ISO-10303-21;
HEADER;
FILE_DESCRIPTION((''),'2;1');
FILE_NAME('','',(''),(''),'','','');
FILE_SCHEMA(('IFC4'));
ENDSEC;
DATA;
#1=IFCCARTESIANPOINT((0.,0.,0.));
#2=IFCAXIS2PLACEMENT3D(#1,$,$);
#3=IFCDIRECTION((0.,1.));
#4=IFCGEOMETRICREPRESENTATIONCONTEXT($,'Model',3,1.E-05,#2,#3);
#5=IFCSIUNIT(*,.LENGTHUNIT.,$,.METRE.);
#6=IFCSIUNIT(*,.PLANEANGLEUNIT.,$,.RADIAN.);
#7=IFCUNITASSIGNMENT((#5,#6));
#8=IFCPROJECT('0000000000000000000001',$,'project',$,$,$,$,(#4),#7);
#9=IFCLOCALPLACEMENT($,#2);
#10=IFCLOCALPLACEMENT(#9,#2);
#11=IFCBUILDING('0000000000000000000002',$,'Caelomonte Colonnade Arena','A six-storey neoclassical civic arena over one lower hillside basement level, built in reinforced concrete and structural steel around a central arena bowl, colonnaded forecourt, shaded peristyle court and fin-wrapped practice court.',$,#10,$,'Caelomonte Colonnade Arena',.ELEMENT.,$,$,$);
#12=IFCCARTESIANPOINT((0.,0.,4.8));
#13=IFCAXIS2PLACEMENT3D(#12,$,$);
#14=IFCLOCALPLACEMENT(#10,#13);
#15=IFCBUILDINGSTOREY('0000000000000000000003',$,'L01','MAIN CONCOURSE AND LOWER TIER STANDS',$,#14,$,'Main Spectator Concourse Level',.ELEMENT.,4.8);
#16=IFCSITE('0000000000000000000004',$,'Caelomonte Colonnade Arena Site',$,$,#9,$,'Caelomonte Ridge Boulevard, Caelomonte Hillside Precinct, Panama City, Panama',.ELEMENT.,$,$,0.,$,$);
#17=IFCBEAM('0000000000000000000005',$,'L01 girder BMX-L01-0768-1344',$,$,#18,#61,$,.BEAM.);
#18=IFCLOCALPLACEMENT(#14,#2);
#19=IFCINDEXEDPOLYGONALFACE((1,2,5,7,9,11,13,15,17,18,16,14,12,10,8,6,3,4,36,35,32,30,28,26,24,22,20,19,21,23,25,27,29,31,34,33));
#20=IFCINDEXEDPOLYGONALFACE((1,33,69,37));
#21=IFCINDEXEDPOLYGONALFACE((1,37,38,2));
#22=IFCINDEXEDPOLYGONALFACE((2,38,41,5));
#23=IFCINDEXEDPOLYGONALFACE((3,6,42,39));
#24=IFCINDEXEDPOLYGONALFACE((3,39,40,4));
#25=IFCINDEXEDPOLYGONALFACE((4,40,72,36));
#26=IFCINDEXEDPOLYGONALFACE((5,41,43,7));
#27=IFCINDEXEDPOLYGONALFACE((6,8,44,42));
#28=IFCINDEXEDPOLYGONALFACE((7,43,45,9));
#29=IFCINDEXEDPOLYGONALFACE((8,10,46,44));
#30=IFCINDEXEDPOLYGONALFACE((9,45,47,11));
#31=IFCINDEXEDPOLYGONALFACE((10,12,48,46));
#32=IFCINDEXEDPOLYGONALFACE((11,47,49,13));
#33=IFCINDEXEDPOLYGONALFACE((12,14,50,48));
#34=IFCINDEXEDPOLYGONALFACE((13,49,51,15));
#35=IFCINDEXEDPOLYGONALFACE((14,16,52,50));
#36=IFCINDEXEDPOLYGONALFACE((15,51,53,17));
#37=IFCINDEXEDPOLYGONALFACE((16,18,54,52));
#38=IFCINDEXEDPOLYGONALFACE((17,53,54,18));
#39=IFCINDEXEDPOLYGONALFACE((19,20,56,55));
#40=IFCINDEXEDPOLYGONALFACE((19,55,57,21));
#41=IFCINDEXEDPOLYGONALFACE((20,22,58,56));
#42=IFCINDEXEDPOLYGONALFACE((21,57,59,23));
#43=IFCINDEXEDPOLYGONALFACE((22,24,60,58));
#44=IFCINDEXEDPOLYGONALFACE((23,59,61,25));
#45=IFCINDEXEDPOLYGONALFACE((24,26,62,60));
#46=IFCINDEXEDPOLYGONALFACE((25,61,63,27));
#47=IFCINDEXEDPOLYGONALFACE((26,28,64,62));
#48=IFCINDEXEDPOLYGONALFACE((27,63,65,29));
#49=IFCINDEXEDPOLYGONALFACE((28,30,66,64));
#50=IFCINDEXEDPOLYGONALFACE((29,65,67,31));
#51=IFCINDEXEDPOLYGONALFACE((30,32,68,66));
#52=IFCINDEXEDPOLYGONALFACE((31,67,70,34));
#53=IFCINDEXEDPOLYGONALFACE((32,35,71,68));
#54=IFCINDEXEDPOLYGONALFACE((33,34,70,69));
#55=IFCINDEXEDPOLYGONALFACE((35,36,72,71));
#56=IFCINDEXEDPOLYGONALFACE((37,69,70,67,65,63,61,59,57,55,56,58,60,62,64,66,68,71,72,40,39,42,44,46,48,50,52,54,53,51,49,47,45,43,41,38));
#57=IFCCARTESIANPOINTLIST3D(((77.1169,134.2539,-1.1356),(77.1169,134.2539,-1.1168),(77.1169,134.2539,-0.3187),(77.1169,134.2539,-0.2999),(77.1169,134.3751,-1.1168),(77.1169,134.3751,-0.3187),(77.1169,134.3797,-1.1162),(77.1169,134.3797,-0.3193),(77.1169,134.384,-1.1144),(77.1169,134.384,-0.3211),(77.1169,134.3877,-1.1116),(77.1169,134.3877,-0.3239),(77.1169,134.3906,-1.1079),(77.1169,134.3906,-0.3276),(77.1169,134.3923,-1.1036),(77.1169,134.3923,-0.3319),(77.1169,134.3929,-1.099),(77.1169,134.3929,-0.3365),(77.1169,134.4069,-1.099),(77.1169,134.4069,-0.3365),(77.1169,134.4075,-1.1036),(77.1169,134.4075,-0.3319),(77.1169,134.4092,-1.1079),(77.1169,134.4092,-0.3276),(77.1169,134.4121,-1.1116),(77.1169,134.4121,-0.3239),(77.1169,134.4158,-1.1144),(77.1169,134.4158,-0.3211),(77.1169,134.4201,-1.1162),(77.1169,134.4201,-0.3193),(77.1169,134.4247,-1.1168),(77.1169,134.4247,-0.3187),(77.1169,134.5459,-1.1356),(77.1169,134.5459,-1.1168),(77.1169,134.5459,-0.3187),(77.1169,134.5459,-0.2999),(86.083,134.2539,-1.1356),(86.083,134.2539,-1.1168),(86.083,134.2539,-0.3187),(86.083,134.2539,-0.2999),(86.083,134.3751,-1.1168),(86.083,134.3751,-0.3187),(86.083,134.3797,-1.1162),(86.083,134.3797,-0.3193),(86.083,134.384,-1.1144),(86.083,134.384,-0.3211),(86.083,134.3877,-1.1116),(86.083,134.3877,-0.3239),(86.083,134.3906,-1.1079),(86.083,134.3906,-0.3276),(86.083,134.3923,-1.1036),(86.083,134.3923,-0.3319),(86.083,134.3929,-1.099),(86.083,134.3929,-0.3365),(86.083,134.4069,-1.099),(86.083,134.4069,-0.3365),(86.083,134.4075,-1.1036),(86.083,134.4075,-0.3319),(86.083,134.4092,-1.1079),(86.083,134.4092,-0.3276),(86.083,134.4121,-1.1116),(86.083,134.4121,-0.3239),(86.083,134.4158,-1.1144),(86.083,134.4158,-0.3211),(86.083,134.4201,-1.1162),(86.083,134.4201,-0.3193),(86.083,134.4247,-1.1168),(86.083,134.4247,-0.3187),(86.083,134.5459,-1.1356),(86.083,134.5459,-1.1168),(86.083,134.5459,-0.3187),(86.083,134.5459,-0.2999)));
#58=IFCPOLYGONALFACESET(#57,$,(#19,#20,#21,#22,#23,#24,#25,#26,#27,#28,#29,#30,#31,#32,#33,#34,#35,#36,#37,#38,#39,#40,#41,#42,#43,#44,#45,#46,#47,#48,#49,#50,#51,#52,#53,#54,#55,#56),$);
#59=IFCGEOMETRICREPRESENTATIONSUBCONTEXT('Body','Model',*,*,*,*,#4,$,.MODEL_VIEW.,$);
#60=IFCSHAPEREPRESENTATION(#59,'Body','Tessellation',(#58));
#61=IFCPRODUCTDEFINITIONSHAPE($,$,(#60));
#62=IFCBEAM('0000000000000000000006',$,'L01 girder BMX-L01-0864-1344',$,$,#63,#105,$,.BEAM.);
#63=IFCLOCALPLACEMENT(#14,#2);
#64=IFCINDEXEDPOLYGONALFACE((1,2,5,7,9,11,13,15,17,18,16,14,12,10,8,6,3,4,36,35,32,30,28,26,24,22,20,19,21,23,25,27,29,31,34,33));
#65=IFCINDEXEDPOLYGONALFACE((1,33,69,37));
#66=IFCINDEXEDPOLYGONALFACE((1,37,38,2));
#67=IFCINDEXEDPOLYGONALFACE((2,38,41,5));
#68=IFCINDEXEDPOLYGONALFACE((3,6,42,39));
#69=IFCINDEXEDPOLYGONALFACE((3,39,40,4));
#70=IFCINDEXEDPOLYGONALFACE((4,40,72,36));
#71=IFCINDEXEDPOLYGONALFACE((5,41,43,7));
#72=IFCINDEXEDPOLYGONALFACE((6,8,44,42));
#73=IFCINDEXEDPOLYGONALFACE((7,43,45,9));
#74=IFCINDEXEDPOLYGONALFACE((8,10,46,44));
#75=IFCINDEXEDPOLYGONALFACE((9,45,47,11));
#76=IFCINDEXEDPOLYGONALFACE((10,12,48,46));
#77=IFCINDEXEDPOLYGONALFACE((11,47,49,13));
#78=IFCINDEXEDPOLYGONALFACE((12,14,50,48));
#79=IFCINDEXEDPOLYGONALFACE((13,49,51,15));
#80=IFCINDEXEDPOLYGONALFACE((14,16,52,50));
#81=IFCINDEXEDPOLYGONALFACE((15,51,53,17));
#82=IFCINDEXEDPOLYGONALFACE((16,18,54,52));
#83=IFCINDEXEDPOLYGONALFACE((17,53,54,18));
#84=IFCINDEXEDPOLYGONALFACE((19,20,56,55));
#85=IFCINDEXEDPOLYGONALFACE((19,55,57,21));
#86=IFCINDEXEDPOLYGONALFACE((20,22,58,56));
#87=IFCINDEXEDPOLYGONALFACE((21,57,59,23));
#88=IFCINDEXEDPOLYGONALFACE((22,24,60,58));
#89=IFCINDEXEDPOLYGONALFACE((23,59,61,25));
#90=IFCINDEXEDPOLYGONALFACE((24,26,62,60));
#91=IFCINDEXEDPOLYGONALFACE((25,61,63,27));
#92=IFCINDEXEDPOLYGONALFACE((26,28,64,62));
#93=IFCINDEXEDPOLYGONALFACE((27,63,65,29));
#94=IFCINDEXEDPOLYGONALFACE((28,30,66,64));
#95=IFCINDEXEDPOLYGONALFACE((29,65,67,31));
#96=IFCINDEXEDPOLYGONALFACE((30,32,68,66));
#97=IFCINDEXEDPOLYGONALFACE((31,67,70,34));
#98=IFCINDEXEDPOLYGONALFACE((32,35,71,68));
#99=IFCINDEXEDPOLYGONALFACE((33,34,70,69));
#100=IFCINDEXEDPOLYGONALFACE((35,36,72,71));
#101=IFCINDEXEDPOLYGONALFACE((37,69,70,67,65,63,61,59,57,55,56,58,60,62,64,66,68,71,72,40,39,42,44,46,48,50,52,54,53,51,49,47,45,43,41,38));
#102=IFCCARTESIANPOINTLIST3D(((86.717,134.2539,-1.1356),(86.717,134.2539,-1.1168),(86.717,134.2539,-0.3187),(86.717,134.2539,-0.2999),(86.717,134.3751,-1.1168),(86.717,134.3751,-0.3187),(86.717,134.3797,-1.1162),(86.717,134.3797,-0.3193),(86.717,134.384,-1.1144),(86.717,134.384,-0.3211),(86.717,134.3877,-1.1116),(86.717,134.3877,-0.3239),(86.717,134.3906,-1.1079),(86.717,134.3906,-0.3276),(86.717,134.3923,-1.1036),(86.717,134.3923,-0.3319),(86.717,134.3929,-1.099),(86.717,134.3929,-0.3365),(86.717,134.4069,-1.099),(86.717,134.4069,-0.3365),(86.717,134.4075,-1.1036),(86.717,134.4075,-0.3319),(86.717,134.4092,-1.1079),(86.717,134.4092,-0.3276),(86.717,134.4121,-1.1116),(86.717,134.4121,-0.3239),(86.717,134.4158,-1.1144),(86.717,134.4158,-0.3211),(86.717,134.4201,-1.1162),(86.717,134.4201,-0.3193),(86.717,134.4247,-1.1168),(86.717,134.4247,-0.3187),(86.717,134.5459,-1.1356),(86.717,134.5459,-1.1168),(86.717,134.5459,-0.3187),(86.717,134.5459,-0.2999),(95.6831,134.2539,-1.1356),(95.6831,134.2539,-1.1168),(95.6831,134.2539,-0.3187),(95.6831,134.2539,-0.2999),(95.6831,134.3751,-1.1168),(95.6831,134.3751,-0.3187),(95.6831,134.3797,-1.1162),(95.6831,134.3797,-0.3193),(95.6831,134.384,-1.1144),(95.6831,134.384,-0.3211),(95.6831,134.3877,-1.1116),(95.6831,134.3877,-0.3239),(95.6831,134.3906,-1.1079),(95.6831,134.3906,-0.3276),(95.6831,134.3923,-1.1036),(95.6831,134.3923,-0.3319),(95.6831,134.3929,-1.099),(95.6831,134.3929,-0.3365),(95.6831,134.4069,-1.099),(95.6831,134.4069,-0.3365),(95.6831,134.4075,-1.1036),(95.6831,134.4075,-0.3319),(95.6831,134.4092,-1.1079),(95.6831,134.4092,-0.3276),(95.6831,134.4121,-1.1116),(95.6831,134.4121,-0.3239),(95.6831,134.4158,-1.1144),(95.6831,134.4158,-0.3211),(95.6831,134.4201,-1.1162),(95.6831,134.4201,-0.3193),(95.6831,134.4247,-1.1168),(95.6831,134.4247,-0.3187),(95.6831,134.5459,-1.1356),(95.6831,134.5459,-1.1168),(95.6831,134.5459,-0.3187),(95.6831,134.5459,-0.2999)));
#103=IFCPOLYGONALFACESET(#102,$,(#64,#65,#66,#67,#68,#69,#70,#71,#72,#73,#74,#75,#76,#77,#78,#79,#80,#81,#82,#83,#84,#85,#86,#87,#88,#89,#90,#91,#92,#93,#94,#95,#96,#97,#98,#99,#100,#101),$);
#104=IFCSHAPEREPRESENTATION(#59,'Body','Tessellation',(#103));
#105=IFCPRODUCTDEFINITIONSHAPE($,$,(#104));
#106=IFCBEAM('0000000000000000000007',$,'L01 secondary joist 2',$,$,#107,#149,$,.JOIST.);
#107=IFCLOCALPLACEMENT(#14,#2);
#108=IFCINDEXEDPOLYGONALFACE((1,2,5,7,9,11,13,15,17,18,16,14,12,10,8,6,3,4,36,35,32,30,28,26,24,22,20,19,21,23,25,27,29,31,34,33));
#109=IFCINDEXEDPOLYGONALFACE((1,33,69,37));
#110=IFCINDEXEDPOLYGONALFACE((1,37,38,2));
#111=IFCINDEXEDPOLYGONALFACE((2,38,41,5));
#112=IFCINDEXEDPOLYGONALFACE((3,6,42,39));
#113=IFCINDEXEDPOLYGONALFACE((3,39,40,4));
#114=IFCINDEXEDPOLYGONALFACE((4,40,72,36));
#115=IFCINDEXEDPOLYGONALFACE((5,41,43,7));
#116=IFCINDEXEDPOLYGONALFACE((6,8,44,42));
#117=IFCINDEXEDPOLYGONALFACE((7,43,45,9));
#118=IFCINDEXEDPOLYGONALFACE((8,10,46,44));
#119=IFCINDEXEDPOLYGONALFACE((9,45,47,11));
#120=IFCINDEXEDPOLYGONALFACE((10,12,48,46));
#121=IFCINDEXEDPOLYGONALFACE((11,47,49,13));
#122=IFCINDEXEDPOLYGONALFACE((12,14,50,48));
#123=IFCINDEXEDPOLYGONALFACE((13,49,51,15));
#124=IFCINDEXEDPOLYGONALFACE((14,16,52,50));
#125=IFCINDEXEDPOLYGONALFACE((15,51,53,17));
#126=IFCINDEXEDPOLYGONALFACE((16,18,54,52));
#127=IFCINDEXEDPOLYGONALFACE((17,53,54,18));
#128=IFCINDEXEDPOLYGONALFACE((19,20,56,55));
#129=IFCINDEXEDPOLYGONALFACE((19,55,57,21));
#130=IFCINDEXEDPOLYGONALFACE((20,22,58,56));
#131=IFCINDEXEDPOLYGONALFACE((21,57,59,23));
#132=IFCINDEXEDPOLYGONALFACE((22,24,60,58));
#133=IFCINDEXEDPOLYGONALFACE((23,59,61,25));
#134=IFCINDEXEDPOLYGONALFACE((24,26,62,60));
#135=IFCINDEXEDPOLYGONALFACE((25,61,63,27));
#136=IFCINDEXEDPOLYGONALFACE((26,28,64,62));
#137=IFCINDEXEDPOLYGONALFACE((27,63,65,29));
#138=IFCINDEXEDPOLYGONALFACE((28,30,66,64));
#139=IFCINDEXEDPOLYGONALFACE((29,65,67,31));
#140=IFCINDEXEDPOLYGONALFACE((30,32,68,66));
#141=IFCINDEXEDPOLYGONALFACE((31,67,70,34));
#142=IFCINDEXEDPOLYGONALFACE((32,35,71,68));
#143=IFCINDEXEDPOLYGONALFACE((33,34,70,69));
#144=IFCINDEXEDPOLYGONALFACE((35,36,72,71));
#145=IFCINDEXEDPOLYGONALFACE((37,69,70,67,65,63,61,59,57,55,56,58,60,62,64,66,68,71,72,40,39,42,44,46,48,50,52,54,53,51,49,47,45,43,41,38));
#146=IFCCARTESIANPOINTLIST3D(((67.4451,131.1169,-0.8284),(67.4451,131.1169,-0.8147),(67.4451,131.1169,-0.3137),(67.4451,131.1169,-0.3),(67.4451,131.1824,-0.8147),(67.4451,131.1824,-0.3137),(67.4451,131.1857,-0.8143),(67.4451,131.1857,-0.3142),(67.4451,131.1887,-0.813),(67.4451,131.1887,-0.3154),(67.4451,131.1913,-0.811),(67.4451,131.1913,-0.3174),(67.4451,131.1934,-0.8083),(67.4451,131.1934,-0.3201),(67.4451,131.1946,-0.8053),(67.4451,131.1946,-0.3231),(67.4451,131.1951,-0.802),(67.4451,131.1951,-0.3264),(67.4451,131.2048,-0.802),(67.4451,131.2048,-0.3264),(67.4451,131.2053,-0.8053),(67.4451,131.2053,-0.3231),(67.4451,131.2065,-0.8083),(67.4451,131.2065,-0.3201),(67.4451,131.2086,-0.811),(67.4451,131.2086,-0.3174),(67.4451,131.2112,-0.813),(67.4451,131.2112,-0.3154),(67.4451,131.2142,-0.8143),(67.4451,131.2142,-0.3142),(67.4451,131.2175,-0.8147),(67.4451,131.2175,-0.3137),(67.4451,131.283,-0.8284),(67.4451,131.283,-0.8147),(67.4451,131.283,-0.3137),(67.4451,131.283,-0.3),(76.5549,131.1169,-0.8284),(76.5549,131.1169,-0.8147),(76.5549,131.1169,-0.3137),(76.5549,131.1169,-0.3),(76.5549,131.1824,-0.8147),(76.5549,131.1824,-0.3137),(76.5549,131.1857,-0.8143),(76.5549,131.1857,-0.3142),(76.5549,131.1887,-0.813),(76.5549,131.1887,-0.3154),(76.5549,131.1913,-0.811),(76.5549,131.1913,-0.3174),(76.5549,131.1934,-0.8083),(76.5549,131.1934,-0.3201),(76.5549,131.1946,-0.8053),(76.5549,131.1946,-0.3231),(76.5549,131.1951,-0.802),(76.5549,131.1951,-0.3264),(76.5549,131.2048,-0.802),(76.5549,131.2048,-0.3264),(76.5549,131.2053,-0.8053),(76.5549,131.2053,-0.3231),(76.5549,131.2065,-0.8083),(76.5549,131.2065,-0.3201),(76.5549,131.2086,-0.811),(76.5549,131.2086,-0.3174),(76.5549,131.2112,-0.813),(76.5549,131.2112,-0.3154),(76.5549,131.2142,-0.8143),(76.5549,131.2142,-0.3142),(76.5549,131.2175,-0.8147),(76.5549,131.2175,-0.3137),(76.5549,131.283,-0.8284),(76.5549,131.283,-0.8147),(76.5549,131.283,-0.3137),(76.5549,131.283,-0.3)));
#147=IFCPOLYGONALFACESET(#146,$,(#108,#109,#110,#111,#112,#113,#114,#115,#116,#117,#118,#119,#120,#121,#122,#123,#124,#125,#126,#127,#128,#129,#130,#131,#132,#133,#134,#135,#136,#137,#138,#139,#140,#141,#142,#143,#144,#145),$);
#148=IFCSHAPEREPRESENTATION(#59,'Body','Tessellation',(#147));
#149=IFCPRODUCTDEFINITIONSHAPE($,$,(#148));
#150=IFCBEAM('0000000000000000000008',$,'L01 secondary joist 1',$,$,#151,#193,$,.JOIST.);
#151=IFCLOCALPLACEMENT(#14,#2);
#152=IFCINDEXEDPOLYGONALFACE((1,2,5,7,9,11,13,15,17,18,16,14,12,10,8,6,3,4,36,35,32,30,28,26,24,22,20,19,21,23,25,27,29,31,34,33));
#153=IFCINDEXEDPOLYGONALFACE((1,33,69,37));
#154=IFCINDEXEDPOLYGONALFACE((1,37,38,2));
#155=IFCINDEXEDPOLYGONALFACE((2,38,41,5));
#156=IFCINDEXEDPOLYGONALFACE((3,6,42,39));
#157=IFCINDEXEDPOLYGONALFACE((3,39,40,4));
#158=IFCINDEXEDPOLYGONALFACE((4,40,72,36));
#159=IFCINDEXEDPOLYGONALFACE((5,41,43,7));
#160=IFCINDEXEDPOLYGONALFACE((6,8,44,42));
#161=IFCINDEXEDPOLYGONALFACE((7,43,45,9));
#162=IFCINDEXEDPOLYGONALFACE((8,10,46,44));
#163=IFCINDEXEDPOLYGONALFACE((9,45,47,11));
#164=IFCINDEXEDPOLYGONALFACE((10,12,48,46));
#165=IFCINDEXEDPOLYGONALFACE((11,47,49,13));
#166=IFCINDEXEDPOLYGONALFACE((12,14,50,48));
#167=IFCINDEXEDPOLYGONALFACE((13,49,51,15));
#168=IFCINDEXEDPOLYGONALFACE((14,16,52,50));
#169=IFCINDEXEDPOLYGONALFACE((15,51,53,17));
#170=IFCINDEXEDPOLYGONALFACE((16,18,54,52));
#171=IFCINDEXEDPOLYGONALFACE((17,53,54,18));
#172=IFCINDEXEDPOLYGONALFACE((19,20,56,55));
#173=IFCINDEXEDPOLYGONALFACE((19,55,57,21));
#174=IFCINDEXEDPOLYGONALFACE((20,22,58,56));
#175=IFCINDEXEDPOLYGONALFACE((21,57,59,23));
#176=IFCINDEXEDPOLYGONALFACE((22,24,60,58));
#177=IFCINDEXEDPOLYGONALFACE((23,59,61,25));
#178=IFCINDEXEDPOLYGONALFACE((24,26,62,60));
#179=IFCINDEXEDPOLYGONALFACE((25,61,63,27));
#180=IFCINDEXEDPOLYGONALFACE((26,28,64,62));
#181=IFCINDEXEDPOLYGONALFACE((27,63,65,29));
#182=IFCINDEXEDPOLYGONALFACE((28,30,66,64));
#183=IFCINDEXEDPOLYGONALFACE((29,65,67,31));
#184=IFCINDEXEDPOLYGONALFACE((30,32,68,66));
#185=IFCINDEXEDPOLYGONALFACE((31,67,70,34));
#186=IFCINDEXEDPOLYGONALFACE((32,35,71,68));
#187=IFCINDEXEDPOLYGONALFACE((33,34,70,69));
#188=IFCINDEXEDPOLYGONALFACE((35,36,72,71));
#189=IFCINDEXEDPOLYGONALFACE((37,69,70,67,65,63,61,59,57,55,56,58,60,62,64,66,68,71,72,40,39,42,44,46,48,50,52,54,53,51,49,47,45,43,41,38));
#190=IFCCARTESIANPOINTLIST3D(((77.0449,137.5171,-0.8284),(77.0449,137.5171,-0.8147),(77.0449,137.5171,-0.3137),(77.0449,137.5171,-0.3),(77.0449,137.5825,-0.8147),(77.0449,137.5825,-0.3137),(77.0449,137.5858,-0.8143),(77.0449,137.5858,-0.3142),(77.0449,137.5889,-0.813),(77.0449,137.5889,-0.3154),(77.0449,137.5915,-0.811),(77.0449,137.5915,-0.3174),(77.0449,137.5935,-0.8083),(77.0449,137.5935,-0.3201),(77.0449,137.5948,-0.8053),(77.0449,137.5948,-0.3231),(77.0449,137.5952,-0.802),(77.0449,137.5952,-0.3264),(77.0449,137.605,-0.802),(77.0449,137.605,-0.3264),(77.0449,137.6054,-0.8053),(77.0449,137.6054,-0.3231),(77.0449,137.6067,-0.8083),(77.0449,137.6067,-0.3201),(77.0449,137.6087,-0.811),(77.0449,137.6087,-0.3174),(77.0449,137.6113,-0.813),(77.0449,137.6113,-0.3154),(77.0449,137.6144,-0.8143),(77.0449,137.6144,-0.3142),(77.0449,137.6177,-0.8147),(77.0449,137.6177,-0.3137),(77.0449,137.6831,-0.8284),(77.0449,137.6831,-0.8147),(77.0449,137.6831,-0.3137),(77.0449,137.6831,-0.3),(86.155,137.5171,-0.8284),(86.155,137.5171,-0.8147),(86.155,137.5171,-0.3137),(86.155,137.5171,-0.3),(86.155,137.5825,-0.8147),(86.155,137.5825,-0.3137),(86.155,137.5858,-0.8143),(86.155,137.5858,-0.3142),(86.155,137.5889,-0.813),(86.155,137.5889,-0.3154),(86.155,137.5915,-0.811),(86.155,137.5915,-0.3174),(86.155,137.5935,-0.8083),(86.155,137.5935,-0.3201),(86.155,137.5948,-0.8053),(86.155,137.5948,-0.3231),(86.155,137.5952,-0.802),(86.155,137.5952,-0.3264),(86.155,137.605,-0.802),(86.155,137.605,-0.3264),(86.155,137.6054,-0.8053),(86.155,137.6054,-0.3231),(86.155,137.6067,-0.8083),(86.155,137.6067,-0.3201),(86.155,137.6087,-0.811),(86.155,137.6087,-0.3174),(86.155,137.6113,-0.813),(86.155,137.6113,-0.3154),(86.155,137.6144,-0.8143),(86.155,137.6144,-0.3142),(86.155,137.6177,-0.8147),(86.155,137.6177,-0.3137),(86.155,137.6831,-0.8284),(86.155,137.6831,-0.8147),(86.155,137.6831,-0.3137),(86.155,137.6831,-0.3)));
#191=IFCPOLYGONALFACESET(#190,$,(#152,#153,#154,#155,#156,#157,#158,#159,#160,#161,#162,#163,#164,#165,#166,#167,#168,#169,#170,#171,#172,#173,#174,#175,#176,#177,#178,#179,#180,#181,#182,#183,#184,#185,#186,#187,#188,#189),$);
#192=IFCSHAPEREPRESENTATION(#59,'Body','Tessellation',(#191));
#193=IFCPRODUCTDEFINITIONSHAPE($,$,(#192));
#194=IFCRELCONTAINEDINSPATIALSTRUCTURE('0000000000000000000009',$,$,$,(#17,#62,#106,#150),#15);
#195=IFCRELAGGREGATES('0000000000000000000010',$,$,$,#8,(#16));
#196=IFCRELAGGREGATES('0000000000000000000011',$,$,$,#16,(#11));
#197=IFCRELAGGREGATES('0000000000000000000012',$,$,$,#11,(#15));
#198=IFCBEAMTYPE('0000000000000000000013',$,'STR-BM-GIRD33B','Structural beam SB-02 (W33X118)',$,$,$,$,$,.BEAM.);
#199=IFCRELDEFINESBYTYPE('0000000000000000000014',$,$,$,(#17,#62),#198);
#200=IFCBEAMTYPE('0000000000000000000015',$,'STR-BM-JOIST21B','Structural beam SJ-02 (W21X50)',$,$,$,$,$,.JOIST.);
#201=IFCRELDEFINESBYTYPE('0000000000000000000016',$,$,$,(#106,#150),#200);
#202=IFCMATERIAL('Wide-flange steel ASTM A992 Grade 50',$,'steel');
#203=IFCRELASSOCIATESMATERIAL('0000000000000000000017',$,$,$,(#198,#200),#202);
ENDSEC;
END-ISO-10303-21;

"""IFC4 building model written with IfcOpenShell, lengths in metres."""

from ifc_helpers import new_model, si_unit, direction, frame, origin, origin_2d, place, context, subcontext, project, spatial, i_section, extrude, material, material_profile, profile_set, type_object, element, save


model = new_model("IFC4")

# Units and contexts
model_context = context("Model", 3, precision=1e-05, world=origin(), true_north=direction((0.0, 1.0)))
body_context = subcontext(model_context, "Body", "Model", "MODEL_VIEW")
ifc_project = project(units=[si_unit("LENGTHUNIT", "METRE"), si_unit("PLANEANGLEUNIT", "RADIAN")], contexts=[model_context])

# Site, building, storey
site_placement = place(None, origin())
site = spatial("IfcSite", under=ifc_project, at=site_placement, Name="Caelomonte Colonnade Arena Site", LongName="Caelomonte Ridge Boulevard, Caelomonte Hillside Precinct, Panama City, Panama", CompositionType="ELEMENT", RefElevation=0.0)
building_placement = place(site_placement, origin())
building = spatial("IfcBuilding", under=site, at=building_placement, Name="Caelomonte Colonnade Arena", Description="A six-storey neoclassical civic arena over one lower hillside basement level, built in reinforced concrete and structural steel around a central arena bowl, colonnaded forecourt, shaded peristyle court and fin-wrapped practice court.", LongName="Caelomonte Colonnade Arena", CompositionType="ELEMENT")
storey_placement = place(building_placement, frame((0.0, 0.0, 4.8)))
storey = spatial("IfcBuildingStorey", under=building, at=storey_placement, Name="L01", Description="MAIN CONCOURSE AND LOWER TIER STANDS", LongName="Main Spectator Concourse Level", CompositionType="ELEMENT", Elevation=4.8)

# Beams
ifc_material_1 = material(Name="Wide-flange steel ASTM A992 Grade 50", Category="steel")
ifc_material_profile_1 = material_profile(ifc_material_1, i_section(OverallWidth=0.292, OverallDepth=0.8357, WebThickness=0.0139, FlangeThickness=0.0188, FilletRadius=0.0178, at=origin_2d()), Name="W33X118")
ifc_profile_set_1 = profile_set([ifc_material_profile_1], Name="Wide-flange steel ASTM A992 Grade 50")
beam_type_1 = type_object("IfcBeamType", Name="STR-BM-GIRD33B", Description="Structural beam SB-02 (W33X118)", PredefinedType="BEAM", material=ifc_profile_set_1)
for number, where, z_axis, x_axis, name in (
    (1, (77.1169, 134.3999, -0.7178), (1.0, 0.0, 0.0), (0.0, 1.0, 0.0), "L01 girder BMX-L01-0768-1344"),
    (2, (86.717, 134.3999, -0.7178), (1.0, 0.0, 0.0), (0.0, 1.0, 0.0), "L01 girder BMX-L01-0864-1344"),
):
    element("IfcBeam", number, at=place(storey_placement, frame(where, z_axis=z_axis, x_axis=x_axis)), inside=storey, type_object=beam_type_1, Name=name, PredefinedType="BEAM", context=body_context, shape_type="SweptSolid", body=[
        extrude(i_section(OverallWidth=0.292, OverallDepth=0.8357, WebThickness=0.0139, FlangeThickness=0.0188, FilletRadius=0.0178, at=origin_2d()), origin(), (0.0, 0.0, 1.0), 8.9661),
    ])
ifc_material_profile_2 = material_profile(ifc_material_1, i_section(OverallWidth=0.166, OverallDepth=0.5283, WebThickness=0.0098, FlangeThickness=0.0137, FilletRadius=0.0127, at=origin_2d()), Name="W21X50")
ifc_profile_set_2 = profile_set([ifc_material_profile_2], Name="Wide-flange steel ASTM A992 Grade 50")
beam_type_2 = type_object("IfcBeamType", Name="STR-BM-JOIST21B", Description="Structural beam SJ-02 (W21X50)", PredefinedType="JOIST", material=ifc_profile_set_2)
beam_1_placement = place(storey_placement, frame((67.4451, 131.2, -0.5642), z_axis=(1.0, 0.0, 0.0), x_axis=(0.0, 1.0, 0.0)))
element("IfcBeam", 3, at=beam_1_placement, inside=storey, type_object=beam_type_2, Name="L01 secondary joist 2", PredefinedType="JOIST", context=body_context, shape_type="SweptSolid", body=[
    extrude(i_section(OverallWidth=0.166, OverallDepth=0.5283, WebThickness=0.0098, FlangeThickness=0.0137, FilletRadius=0.0127, at=origin_2d()), origin(), (0.0, 0.0, 1.0), 9.1099),
])
for number, where, z_axis, x_axis, name in (
    (4, (77.0449, 137.6001, -0.5642), (1.0, 0.0, 0.0), (0.0, 1.0, 0.0), "L01 secondary joist 1"),
):
    element("IfcBeam", number, at=place(storey_placement, frame(where, z_axis=z_axis, x_axis=x_axis)), inside=storey, type_object=beam_type_2, Name=name, PredefinedType="JOIST", context=body_context, shape_type="SweptSolid", body=[
        extrude(i_section(OverallWidth=0.166, OverallDepth=0.5283, WebThickness=0.0098, FlangeThickness=0.0137, FilletRadius=0.0127, at=origin_2d()), origin(), (0.0, 0.0, 1.0), 9.1101),
    ])

save(model, "model.ifc")
